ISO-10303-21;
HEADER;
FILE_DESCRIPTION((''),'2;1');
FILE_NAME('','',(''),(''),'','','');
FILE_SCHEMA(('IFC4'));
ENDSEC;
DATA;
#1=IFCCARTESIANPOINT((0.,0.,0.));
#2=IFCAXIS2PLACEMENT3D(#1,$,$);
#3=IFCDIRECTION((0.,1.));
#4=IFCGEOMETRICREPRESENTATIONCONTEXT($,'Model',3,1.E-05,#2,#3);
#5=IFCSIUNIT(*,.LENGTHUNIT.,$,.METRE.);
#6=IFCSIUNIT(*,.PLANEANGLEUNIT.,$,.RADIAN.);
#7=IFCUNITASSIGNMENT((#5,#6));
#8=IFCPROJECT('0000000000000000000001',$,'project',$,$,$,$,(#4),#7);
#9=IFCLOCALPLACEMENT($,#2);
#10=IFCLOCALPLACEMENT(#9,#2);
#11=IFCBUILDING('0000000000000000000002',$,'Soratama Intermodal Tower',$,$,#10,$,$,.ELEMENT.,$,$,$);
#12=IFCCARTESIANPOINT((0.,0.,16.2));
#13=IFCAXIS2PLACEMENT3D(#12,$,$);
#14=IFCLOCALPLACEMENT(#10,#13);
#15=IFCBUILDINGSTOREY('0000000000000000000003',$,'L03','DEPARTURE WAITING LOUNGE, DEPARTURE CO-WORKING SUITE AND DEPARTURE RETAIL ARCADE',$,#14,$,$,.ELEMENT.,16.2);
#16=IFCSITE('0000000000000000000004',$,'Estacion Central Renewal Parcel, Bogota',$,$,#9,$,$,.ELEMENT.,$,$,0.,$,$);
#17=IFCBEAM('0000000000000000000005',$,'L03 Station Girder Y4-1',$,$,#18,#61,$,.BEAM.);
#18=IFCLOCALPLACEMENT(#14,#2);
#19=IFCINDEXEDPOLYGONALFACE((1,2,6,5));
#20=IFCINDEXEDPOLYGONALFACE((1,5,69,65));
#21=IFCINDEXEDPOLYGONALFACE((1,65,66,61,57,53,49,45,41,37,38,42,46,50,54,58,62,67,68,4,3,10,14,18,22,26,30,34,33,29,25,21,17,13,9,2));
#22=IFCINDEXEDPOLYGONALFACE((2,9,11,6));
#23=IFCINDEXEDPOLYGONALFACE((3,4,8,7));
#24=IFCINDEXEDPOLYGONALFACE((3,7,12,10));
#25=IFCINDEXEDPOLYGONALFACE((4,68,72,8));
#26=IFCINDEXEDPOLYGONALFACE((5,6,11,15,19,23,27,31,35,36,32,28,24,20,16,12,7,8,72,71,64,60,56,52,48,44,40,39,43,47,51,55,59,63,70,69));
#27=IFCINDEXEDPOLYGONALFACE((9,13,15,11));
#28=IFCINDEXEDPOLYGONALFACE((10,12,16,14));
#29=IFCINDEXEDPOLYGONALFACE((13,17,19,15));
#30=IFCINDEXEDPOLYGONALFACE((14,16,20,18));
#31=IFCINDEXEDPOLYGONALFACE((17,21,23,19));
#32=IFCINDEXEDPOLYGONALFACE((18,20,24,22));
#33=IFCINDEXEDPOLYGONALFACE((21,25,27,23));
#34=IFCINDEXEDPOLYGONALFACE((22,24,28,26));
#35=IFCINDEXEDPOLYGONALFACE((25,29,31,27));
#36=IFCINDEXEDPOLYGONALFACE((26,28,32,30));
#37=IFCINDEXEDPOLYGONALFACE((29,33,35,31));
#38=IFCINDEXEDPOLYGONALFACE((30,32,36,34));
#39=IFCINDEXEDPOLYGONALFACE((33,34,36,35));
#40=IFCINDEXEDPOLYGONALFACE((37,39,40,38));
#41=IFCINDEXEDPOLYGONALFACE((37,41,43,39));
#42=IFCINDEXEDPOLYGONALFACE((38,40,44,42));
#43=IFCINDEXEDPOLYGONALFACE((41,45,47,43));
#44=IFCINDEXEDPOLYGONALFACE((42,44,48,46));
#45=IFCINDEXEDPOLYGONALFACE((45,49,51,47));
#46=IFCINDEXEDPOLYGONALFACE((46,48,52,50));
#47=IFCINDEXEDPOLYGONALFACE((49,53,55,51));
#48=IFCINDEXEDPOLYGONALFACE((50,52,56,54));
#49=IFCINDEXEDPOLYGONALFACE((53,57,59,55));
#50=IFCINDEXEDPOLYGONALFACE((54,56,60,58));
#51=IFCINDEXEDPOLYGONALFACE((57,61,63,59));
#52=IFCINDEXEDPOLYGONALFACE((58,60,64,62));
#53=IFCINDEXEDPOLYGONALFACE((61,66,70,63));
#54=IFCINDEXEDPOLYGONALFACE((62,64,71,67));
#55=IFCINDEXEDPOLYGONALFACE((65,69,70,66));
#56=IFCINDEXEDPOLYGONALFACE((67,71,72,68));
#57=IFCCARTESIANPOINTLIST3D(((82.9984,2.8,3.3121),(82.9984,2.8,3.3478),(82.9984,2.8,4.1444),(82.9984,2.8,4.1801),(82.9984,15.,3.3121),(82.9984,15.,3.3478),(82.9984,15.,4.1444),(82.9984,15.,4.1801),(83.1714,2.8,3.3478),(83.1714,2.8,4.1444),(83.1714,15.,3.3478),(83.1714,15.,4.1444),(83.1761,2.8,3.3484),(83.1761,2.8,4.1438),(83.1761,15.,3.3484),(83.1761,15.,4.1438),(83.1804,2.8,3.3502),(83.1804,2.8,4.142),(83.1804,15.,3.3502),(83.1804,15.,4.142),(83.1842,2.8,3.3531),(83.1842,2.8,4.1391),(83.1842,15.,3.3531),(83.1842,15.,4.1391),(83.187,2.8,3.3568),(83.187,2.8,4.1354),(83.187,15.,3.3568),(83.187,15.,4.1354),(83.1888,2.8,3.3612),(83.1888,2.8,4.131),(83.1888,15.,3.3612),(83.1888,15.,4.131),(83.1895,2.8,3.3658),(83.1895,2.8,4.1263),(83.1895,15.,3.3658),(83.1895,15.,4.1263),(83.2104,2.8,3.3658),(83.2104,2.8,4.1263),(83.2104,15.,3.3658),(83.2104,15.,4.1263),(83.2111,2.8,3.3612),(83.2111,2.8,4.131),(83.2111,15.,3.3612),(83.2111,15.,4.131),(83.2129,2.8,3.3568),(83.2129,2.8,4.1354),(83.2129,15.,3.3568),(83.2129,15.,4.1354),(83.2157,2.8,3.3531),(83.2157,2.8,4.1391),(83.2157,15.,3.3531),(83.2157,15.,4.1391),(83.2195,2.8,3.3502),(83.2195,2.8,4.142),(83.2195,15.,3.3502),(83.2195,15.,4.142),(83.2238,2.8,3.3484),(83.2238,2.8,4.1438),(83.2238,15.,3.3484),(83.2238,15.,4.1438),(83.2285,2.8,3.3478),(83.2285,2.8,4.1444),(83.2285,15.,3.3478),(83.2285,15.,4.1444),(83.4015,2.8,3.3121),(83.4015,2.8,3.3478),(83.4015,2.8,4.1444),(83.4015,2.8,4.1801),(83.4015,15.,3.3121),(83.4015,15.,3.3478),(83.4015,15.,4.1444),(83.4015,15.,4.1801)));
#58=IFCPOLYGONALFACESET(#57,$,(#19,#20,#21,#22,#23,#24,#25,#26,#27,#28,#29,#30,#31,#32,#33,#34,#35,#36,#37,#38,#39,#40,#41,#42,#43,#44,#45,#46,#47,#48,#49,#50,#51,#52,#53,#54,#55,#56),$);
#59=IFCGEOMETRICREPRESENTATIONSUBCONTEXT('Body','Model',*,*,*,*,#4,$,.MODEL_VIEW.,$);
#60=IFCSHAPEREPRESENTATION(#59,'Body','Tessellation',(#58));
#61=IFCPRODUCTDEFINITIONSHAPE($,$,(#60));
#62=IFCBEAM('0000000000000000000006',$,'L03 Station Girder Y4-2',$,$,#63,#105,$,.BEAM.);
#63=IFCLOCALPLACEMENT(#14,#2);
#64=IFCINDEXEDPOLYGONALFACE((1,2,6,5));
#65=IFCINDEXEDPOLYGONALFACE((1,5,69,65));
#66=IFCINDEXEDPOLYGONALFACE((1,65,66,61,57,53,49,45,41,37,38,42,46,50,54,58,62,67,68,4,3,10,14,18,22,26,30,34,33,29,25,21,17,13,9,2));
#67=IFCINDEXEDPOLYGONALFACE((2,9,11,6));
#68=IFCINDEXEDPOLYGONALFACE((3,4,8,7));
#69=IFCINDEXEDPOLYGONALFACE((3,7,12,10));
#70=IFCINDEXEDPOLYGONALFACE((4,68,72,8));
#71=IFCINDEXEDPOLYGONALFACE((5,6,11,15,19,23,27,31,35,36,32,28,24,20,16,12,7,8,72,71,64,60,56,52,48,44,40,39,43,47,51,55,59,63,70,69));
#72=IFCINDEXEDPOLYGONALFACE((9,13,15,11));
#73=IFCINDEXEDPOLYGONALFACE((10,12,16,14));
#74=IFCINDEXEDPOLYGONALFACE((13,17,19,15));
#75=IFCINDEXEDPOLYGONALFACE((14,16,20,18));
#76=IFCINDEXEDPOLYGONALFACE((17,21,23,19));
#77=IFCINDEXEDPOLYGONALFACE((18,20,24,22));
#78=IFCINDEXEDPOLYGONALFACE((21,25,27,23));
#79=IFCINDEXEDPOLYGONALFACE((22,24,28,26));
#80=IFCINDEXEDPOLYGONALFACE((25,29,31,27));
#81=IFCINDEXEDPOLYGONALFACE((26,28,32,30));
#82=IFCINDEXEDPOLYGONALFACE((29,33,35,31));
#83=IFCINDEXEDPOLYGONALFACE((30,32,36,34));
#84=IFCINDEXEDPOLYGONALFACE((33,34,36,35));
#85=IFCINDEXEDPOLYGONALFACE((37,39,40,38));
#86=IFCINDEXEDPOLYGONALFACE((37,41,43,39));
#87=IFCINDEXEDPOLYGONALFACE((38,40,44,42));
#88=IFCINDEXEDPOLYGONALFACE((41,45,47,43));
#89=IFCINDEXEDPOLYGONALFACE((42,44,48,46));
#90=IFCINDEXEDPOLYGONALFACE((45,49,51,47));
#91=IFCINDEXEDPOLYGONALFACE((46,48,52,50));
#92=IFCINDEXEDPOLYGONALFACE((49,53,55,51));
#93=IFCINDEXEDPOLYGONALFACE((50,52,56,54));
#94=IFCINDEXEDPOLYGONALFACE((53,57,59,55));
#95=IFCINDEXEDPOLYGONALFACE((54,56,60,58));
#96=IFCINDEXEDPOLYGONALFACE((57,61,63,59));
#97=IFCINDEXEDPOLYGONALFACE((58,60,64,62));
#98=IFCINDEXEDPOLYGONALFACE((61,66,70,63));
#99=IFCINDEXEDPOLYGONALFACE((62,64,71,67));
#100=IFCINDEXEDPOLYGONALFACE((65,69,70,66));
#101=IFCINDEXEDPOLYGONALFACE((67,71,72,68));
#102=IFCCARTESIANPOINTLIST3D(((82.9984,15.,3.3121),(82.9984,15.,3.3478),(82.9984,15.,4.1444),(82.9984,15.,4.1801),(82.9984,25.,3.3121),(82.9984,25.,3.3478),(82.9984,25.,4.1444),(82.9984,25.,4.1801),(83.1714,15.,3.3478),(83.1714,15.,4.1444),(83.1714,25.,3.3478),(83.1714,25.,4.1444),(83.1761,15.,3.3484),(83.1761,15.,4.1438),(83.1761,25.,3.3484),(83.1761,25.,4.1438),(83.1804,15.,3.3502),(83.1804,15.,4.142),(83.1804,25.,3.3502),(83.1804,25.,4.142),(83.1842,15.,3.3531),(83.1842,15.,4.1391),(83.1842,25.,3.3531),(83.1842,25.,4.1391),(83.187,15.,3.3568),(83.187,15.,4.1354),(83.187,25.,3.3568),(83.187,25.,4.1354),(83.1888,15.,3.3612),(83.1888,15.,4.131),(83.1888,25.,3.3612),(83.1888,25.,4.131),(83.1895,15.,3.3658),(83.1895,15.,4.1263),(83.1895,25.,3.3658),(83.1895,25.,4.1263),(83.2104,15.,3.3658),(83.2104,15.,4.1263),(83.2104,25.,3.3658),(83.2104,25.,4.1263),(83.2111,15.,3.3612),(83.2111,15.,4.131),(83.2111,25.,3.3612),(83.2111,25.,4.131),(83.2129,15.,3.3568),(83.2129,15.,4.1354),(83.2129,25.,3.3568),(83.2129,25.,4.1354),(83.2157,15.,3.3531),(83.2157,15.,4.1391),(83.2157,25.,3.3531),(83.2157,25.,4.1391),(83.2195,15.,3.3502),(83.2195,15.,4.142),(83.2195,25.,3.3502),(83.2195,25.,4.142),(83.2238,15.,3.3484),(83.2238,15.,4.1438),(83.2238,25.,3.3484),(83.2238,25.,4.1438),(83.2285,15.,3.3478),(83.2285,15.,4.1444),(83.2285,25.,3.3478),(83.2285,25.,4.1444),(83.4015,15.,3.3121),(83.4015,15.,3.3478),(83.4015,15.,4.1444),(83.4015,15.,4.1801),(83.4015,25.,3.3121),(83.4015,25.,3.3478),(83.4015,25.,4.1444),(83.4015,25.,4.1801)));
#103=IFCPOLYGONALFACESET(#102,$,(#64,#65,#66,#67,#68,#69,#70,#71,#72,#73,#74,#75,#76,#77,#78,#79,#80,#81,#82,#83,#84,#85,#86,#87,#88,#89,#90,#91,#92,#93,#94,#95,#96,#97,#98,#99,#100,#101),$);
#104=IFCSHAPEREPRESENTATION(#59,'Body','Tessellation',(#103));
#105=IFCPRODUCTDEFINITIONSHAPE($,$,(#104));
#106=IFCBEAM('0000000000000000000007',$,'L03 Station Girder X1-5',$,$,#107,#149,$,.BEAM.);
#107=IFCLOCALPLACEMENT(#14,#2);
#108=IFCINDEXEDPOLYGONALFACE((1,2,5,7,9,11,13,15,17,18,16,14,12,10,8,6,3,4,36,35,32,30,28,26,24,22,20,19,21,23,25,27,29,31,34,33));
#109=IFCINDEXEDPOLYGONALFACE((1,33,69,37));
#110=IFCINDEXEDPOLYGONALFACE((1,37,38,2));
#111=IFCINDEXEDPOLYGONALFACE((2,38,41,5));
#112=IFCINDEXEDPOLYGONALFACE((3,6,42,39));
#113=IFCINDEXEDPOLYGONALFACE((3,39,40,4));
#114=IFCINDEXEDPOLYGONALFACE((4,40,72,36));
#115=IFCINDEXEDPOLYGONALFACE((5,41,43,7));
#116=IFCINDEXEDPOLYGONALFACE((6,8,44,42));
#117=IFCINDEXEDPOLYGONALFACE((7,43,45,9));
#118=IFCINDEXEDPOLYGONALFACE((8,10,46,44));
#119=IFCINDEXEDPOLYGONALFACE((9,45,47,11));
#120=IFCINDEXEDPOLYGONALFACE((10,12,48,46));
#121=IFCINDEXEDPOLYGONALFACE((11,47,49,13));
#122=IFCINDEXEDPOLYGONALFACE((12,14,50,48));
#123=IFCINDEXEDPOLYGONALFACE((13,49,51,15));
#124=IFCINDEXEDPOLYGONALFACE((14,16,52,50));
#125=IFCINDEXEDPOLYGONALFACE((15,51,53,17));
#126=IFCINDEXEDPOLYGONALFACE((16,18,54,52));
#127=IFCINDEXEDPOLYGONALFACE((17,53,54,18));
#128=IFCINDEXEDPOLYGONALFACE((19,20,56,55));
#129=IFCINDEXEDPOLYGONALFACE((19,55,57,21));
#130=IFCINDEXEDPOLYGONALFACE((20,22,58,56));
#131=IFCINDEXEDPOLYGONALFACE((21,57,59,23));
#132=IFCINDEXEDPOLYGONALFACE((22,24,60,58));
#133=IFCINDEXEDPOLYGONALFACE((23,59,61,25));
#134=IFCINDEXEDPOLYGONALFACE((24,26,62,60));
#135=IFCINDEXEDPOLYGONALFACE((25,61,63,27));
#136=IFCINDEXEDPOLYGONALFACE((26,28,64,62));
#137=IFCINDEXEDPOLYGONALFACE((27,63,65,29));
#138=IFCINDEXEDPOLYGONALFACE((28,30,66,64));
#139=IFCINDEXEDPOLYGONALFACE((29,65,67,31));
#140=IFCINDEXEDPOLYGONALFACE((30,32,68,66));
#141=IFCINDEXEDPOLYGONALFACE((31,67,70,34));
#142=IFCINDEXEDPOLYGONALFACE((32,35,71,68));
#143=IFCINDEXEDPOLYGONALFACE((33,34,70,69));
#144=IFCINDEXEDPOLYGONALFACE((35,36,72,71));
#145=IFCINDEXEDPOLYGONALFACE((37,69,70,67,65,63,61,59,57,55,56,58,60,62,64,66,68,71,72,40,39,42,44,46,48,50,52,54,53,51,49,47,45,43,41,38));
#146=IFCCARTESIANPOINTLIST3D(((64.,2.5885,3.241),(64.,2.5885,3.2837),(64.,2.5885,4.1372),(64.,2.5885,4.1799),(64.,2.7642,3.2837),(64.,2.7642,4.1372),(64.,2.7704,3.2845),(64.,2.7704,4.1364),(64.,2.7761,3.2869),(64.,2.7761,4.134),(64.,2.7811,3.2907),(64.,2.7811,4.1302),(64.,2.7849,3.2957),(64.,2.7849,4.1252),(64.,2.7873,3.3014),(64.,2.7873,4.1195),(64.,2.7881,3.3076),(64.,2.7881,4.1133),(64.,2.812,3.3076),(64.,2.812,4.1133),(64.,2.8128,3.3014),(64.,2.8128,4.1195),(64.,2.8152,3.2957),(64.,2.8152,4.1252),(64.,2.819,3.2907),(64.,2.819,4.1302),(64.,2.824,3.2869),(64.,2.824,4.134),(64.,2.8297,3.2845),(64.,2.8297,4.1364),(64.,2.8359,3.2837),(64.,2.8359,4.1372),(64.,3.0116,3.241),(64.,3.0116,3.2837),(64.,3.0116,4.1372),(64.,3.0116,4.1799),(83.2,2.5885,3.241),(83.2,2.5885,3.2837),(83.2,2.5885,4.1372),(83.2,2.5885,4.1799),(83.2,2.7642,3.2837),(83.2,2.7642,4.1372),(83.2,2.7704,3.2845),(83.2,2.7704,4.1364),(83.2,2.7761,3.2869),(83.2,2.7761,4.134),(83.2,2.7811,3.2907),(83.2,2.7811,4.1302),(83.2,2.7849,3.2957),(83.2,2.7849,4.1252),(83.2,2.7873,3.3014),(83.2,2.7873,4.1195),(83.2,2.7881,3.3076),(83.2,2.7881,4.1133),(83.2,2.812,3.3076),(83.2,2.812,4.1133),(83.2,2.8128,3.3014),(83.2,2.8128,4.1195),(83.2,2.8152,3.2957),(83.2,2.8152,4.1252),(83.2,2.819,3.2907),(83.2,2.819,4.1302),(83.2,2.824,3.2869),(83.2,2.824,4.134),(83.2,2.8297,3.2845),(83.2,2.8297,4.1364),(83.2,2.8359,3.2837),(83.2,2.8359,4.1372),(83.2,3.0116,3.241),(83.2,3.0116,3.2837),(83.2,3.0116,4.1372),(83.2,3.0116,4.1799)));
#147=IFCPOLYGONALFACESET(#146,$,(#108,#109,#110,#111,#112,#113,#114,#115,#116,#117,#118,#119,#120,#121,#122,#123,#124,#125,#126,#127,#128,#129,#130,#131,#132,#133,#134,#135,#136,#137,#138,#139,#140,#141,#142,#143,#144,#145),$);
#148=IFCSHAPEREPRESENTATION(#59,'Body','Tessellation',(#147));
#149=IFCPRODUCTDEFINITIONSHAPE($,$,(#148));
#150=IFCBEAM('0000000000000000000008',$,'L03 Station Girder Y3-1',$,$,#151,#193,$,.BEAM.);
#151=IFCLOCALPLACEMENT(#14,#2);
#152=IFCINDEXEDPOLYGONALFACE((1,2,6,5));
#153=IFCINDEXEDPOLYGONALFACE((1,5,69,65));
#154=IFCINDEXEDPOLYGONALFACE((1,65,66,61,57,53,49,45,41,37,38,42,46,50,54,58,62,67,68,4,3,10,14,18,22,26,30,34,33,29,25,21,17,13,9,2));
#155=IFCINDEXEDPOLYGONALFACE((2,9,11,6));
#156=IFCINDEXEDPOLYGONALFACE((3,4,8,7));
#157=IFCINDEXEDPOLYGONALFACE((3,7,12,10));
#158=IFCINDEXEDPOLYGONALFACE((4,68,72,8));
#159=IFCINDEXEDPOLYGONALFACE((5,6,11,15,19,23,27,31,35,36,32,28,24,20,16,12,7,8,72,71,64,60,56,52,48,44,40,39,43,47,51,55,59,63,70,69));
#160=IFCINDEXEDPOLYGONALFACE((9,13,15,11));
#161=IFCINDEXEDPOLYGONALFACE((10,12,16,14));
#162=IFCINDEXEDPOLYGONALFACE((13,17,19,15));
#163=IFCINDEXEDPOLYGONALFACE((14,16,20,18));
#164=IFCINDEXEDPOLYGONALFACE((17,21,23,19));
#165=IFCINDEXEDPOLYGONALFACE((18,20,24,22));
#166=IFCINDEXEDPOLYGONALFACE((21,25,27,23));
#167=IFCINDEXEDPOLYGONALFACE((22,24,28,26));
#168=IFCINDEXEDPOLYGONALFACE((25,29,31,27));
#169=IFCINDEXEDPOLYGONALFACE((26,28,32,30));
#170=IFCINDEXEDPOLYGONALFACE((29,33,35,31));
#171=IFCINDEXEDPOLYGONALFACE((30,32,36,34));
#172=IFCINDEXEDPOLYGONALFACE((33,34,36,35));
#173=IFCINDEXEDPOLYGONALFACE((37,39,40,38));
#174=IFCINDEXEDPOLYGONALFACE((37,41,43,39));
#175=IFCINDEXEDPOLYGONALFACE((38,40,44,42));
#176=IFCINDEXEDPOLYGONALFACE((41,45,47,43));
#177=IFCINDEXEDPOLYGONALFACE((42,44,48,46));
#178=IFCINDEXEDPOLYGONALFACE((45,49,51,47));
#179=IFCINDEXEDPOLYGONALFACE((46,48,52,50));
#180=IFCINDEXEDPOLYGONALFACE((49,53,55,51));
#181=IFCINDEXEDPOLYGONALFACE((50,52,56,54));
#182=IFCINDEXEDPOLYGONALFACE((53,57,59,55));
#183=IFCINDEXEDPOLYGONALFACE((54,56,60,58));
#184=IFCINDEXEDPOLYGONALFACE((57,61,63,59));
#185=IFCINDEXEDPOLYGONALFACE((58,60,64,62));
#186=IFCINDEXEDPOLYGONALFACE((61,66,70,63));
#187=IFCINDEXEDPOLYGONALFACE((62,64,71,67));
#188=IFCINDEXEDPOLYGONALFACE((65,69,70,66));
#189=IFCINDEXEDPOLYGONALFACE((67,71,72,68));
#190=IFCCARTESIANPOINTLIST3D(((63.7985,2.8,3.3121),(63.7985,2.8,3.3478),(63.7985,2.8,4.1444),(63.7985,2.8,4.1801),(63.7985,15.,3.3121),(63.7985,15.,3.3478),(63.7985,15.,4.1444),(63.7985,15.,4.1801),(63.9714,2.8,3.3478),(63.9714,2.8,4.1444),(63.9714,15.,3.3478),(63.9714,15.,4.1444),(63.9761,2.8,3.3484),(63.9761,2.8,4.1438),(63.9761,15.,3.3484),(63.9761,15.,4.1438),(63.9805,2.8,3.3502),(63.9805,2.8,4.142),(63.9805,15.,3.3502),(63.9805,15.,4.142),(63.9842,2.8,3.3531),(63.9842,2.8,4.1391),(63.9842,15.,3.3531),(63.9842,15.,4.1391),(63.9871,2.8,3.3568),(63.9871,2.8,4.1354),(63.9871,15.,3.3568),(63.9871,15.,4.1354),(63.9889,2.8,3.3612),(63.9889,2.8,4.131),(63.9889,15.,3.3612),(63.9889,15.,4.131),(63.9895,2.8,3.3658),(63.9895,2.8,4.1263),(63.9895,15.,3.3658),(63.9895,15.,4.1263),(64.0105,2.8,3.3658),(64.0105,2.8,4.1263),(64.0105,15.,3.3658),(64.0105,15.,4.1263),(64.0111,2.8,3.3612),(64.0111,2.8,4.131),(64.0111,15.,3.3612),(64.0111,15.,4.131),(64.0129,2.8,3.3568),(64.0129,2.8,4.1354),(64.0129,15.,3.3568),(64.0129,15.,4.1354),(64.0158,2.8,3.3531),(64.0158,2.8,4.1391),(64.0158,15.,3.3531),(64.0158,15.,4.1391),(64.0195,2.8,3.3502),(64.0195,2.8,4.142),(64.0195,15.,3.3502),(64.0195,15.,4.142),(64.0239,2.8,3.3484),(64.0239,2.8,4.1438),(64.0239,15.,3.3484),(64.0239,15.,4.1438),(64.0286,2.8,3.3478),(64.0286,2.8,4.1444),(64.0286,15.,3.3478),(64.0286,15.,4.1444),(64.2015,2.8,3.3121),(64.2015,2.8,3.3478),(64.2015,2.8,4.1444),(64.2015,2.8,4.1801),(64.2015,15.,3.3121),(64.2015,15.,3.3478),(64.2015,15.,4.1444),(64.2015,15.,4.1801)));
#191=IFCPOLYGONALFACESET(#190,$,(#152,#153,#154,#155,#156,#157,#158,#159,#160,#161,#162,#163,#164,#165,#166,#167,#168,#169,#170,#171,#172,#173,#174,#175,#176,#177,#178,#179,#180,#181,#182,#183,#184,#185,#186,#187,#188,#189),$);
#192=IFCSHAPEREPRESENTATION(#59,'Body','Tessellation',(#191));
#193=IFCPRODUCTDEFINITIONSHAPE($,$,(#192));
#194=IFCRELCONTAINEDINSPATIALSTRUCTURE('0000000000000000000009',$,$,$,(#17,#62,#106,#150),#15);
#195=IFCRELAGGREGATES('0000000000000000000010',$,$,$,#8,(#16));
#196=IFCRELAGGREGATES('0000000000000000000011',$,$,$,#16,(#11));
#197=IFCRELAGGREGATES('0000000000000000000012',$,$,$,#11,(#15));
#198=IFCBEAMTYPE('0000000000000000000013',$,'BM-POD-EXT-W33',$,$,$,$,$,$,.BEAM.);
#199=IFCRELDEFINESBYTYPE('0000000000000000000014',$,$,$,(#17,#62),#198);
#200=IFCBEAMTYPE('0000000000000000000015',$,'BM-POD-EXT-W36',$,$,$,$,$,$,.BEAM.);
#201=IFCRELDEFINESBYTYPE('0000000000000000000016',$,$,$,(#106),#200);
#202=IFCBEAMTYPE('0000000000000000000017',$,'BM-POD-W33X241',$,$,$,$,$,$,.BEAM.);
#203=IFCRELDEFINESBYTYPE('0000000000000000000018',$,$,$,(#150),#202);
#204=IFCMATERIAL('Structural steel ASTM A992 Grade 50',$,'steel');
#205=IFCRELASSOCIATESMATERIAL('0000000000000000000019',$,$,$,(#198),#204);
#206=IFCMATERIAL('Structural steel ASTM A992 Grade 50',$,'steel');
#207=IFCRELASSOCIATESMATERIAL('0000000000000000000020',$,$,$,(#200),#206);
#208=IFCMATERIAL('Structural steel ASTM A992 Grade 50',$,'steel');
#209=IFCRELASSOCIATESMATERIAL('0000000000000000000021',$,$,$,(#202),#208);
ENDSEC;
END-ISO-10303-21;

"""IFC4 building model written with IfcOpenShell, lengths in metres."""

from ifc_helpers import new_model, si_unit, direction, frame, origin, origin_2d, place, context, subcontext, project, spatial, i_section, extrude, material, material_profile, profile_set, type_object, element, save


model = new_model("IFC4")

# Units and contexts
model_context = context("Model", 3, precision=1e-05, world=origin(), true_north=direction((0.0, 1.0)))
body_context = subcontext(model_context, "Body", "Model", "MODEL_VIEW")
ifc_project = project(units=[si_unit("LENGTHUNIT", "METRE"), si_unit("PLANEANGLEUNIT", "RADIAN")], contexts=[model_context])

# Site, building, storey
site_placement = place(None, origin())
site = spatial("IfcSite", under=ifc_project, at=site_placement, Name="Estacion Central Renewal Parcel, Bogota", CompositionType="ELEMENT", RefElevation=0.0)
building_placement = place(site_placement, origin())
building = spatial("IfcBuilding", under=site, at=building_placement, Name="Soratama Intermodal Tower", CompositionType="ELEMENT")
storey_placement = place(building_placement, frame((0.0, 0.0, 16.2)))
storey = spatial("IfcBuildingStorey", under=building, at=storey_placement, Name="L03", Description="DEPARTURE WAITING LOUNGE, DEPARTURE CO-WORKING SUITE AND DEPARTURE RETAIL ARCADE", CompositionType="ELEMENT", Elevation=16.2)

# Beams
ifc_material_1 = material(Name="Structural steel ASTM A992 Grade 50", Category="steel")
ifc_material_profile_1 = material_profile(ifc_material_1, i_section(OverallWidth=0.4031, OverallDepth=0.8679, WebThickness=0.021, FlangeThickness=0.0356, FilletRadius=0.0181, at=origin_2d()), Name="W33X241")
ifc_profile_set_1 = profile_set([ifc_material_profile_1], Name="Structural steel ASTM A992 Grade 50")
beam_type_1 = type_object("IfcBeamType", Name="BM-POD-EXT-W33", PredefinedType="BEAM", material=ifc_profile_set_1)
beam_1_placement = place(storey_placement, frame((83.2, 2.8, 3.7461), z_axis=(0.0, 1.0, 0.0), x_axis=(-1.0, 0.0, 0.0)))
element("IfcBeam", 1, at=beam_1_placement, inside=storey, type_object=beam_type_1, Name="L03 Station Girder Y4-1", PredefinedType="BEAM", context=body_context, shape_type="SweptSolid", body=[
    extrude(i_section(OverallWidth=0.4031, OverallDepth=0.8679, WebThickness=0.021, FlangeThickness=0.0356, FilletRadius=0.0181, at=origin_2d()), origin(), (0.0, 0.0, 1.0), 12.2),
])
beam_2_placement = place(storey_placement, frame((83.2, 15.0, 3.7461), z_axis=(0.0, 1.0, 0.0), x_axis=(-1.0, 0.0, 0.0)))
element("IfcBeam", 2, at=beam_2_placement, inside=storey, type_object=beam_type_1, Name="L03 Station Girder Y4-2", PredefinedType="BEAM", context=body_context, shape_type="SweptSolid", body=[
    extrude(i_section(OverallWidth=0.4031, OverallDepth=0.8679, WebThickness=0.021, FlangeThickness=0.0356, FilletRadius=0.0181, at=origin_2d()), origin(), (0.0, 0.0, 1.0), 10.0),
])
ifc_material_2 = material(Name="Structural steel ASTM A992 Grade 50", Category="steel")
ifc_material_profile_2 = material_profile(ifc_material_2, i_section(OverallWidth=0.4231, OverallDepth=0.939, WebThickness=0.0239, FlangeThickness=0.0427, FilletRadius=0.0239, at=origin_2d()), Name="W36X302")
ifc_profile_set_2 = profile_set([ifc_material_profile_2], Name="Structural steel ASTM A992 Grade 50")
beam_type_2 = type_object("IfcBeamType", Name="BM-POD-EXT-W36", PredefinedType="BEAM", material=ifc_profile_set_2)
beam_3_placement = place(storey_placement, frame((64.0, 2.8, 3.7104), z_axis=(1.0, 0.0, 0.0), x_axis=(0.0, 1.0, 0.0)))
element("IfcBeam", 3, at=beam_3_placement, inside=storey, type_object=beam_type_2, Name="L03 Station Girder X1-5", PredefinedType="BEAM", context=body_context, shape_type="SweptSolid", body=[
    extrude(i_section(OverallWidth=0.4231, OverallDepth=0.939, WebThickness=0.0239, FlangeThickness=0.0427, FilletRadius=0.0239, at=origin_2d()), origin(), (0.0, 0.0, 1.0), 19.2),
])
ifc_material_3 = material(Name="Structural steel ASTM A992 Grade 50", Category="steel")
ifc_material_profile_3 = material_profile(ifc_material_3, i_section(OverallWidth=0.4031, OverallDepth=0.8679, WebThickness=0.021, FlangeThickness=0.0356, FilletRadius=0.0181, at=origin_2d()), Name="W33X241")
ifc_profile_set_3 = profile_set([ifc_material_profile_3], Name="Structural steel ASTM A992 Grade 50")
beam_type_3 = type_object("IfcBeamType", Name="BM-POD-W33X241", PredefinedType="BEAM", material=ifc_profile_set_3)
beam_4_placement = place(storey_placement, frame((64.0, 2.8, 3.7461), z_axis=(0.0, 1.0, 0.0), x_axis=(-1.0, 0.0, 0.0)))
element("IfcBeam", 4, at=beam_4_placement, inside=storey, type_object=beam_type_3, Name="L03 Station Girder Y3-1", PredefinedType="BEAM", context=body_context, shape_type="SweptSolid", body=[
    extrude(i_section(OverallWidth=0.4031, OverallDepth=0.8679, WebThickness=0.021, FlangeThickness=0.0356, FilletRadius=0.0181, at=origin_2d()), origin(), (0.0, 0.0, 1.0), 12.2),
])

save(model, "model.ifc")
